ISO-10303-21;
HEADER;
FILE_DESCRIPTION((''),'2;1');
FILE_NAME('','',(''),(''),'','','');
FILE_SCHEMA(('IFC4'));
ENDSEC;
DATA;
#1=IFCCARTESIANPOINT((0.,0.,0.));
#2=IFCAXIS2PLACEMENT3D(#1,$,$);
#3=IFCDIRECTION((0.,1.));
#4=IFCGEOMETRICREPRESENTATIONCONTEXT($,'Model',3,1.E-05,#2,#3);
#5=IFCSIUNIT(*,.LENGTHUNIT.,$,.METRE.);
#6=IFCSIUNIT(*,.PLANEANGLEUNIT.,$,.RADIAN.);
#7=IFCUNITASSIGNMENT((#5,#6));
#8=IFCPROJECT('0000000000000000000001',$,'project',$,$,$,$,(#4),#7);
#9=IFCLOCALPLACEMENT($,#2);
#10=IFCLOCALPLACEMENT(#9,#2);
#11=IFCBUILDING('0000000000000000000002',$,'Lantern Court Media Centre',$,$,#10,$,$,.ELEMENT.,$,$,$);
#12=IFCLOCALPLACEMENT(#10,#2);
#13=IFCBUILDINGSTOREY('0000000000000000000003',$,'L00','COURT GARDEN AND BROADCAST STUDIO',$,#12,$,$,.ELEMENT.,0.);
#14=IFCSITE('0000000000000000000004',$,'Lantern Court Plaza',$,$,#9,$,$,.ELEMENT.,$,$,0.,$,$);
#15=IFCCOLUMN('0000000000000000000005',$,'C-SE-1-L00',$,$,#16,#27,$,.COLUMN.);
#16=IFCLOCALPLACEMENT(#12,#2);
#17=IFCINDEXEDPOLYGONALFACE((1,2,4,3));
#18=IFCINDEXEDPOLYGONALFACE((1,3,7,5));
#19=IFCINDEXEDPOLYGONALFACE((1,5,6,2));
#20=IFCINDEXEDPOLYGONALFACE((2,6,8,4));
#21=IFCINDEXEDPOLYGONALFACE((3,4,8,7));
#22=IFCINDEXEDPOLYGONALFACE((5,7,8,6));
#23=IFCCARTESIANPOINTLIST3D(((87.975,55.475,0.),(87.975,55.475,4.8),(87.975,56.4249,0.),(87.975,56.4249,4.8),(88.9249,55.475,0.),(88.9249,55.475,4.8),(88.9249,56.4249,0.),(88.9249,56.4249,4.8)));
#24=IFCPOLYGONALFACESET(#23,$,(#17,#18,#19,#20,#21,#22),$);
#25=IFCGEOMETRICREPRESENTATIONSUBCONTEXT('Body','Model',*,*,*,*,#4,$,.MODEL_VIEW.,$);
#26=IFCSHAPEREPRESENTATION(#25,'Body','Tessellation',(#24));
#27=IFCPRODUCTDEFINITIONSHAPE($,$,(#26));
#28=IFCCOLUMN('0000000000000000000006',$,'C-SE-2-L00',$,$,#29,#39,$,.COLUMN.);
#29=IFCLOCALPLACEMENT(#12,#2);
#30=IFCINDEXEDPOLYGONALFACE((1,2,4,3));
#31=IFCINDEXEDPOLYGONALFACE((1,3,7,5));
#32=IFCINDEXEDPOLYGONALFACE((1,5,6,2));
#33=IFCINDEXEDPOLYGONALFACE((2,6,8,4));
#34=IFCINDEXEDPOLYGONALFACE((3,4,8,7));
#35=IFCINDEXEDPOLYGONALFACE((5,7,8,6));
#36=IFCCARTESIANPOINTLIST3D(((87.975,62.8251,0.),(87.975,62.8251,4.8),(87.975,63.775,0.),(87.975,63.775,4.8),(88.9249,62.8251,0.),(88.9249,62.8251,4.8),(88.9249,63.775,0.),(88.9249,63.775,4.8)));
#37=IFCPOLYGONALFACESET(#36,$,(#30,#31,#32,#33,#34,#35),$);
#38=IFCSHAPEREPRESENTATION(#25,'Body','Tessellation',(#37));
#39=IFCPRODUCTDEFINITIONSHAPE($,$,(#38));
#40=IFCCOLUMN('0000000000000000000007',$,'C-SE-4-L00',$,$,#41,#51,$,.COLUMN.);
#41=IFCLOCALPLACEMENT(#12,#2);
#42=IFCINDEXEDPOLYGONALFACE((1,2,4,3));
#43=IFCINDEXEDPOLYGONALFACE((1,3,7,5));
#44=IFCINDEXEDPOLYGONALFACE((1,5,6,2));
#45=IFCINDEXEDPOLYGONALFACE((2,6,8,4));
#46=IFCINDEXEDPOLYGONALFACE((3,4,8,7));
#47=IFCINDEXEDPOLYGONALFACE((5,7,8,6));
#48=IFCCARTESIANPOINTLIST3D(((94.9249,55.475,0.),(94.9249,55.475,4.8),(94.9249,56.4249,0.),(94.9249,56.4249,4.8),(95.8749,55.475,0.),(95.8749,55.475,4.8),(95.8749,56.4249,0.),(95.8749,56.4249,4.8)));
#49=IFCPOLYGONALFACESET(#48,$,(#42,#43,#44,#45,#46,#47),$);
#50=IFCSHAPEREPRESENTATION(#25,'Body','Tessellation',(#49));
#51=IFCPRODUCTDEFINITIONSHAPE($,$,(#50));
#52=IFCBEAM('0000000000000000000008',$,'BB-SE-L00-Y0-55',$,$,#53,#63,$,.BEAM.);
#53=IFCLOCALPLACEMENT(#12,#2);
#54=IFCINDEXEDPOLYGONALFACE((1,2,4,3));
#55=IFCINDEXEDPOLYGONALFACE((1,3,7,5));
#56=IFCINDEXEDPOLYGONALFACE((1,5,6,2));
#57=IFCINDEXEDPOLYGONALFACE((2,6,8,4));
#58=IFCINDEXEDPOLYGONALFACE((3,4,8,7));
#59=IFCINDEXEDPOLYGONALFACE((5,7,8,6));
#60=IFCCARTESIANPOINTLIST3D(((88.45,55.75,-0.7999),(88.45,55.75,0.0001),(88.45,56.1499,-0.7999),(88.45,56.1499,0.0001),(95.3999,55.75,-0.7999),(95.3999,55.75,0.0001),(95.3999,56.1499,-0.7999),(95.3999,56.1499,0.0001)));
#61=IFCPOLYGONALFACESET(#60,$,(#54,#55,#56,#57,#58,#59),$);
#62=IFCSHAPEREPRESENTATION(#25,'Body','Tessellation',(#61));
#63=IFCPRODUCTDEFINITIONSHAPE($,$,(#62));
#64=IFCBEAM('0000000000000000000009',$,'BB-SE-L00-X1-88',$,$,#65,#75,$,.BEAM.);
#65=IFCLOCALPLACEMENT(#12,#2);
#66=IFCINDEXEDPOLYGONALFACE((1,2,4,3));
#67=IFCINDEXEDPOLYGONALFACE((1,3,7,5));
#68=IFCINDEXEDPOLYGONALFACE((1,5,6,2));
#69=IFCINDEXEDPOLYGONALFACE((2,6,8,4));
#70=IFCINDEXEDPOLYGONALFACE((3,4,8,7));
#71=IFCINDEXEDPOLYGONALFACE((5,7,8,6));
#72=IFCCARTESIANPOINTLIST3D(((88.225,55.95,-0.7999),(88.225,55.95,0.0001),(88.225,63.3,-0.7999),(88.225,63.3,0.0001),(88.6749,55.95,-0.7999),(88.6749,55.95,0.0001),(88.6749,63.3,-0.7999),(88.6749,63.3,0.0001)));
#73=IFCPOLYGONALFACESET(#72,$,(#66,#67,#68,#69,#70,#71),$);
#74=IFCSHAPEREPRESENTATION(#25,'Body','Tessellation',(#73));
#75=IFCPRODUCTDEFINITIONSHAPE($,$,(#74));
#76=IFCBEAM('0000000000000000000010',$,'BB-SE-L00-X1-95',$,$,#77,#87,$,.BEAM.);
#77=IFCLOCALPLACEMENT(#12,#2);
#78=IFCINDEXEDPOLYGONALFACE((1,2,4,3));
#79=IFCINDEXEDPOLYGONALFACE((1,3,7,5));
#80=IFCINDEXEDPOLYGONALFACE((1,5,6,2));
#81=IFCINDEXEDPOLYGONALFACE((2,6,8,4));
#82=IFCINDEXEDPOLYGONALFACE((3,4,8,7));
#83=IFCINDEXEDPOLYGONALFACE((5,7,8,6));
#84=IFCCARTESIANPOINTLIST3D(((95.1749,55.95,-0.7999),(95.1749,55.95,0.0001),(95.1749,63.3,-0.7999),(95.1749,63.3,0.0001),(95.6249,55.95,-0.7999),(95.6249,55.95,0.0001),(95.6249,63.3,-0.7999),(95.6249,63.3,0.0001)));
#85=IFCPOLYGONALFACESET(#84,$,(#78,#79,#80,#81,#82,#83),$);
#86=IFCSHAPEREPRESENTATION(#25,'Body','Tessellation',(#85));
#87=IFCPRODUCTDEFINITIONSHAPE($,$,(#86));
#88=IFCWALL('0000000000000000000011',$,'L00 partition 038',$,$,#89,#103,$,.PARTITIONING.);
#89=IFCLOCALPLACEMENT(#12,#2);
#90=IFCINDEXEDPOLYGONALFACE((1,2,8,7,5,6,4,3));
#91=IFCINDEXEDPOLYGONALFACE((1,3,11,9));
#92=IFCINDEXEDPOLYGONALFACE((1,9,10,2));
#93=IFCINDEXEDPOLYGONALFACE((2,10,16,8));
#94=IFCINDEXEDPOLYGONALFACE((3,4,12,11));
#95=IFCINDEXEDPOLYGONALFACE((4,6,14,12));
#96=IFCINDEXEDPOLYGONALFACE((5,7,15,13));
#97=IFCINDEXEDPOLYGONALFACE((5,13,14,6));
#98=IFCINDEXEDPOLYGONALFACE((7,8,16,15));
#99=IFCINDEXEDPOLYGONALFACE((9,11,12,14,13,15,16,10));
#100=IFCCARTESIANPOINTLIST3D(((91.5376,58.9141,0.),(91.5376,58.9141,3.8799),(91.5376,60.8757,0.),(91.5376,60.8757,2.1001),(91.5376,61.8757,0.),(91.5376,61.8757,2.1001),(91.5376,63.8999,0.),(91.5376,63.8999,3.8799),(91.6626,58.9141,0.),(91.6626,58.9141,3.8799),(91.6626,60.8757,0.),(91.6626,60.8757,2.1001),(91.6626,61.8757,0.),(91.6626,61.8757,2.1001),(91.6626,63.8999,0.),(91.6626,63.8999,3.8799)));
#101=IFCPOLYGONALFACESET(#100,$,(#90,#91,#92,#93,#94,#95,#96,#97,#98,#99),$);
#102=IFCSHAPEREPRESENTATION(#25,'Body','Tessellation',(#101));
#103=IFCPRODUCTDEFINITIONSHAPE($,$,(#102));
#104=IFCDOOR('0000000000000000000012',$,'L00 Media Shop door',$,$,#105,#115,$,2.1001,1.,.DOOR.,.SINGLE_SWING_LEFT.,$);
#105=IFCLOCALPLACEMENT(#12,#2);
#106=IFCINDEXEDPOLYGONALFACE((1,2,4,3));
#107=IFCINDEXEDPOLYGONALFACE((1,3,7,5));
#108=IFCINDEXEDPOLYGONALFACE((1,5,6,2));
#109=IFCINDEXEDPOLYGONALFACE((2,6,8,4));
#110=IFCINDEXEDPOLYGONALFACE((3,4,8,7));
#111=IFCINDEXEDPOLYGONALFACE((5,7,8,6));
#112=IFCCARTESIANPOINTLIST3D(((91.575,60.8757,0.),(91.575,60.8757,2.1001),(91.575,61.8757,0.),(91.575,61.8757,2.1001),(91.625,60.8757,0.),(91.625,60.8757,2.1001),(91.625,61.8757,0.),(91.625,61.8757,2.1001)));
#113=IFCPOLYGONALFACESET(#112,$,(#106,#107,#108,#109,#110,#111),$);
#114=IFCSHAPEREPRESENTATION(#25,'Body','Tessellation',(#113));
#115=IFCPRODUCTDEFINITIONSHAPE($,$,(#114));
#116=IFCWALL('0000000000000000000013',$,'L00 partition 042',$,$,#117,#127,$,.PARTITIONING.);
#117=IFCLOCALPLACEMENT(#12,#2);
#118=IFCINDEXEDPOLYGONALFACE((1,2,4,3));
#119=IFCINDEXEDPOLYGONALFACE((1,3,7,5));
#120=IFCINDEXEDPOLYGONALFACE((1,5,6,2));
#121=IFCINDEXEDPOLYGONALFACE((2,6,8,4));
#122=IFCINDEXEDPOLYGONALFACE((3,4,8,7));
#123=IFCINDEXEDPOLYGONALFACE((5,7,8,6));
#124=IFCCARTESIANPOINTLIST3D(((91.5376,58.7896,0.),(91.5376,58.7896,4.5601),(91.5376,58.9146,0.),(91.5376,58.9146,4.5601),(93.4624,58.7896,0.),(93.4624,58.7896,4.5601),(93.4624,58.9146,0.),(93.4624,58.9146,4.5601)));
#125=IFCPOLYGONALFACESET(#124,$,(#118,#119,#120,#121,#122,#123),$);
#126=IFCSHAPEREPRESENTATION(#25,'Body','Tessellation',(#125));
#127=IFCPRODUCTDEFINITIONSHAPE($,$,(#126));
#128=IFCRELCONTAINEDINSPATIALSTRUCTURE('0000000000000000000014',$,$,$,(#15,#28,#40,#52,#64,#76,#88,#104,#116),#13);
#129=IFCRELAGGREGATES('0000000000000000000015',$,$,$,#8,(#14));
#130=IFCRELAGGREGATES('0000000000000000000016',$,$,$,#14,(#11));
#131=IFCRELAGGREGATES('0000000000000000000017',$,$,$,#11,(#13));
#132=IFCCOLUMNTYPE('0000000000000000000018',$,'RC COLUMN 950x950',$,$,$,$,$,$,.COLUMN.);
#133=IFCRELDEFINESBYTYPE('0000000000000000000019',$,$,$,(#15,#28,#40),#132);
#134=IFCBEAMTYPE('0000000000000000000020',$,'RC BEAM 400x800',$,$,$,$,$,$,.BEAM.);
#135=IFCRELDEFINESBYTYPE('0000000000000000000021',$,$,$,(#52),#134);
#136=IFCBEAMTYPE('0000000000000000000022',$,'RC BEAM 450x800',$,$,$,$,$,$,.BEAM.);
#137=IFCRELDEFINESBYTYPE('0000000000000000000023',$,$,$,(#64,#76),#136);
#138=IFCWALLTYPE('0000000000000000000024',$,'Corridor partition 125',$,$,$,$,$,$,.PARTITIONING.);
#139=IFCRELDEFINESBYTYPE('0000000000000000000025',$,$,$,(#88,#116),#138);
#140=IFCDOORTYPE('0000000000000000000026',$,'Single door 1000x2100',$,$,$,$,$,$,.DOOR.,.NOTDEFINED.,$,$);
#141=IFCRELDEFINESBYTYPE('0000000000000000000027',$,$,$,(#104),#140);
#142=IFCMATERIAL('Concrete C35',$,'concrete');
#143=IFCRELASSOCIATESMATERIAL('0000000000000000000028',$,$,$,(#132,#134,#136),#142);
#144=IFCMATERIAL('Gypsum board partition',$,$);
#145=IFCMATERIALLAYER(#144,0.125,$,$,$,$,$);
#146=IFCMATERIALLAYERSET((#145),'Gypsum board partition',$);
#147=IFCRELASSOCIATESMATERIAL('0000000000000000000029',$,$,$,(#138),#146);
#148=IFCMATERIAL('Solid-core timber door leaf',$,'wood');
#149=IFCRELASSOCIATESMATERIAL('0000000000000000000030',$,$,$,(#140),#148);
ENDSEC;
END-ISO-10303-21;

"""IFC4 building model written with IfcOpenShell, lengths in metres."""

from ifc_helpers import new_model, si_unit, direction, frame, frame_2d, origin, origin_2d, place, context, subcontext, project, spatial, rectangle, extrude, material, layer, layer_set, material_profile, profile_set, type_object, element, fill, save


model = new_model("IFC4")

# Units and contexts
model_context = context("Model", 3, precision=1e-05, world=origin(), true_north=direction((0.0, 1.0)))
body_context = subcontext(model_context, "Body", "Model", "MODEL_VIEW")
ifc_project = project(units=[si_unit("LENGTHUNIT", "METRE"), si_unit("PLANEANGLEUNIT", "RADIAN")], contexts=[model_context])

# Site, building, storey
site_placement = place(None, origin())
site = spatial("IfcSite", under=ifc_project, at=site_placement, Name="Lantern Court Plaza", CompositionType="ELEMENT", RefElevation=0.0)
building_placement = place(site_placement, origin())
building = spatial("IfcBuilding", under=site, at=building_placement, Name="Lantern Court Media Centre", CompositionType="ELEMENT")
storey_placement = place(building_placement, origin())
storey = spatial("IfcBuildingStorey", under=building, at=storey_placement, Name="L00", Description="COURT GARDEN AND BROADCAST STUDIO", CompositionType="ELEMENT", Elevation=0.0)

# Columns
ifc_material_1 = material(Name="Concrete C35", Category="concrete")
ifc_material_profile_1 = material_profile(ifc_material_1, rectangle(XDim=0.95, YDim=0.95, at=origin_2d()), Name="RC 950x950")
ifc_profile_set_1 = profile_set([ifc_material_profile_1], Name="Concrete C35")
column_type = type_object("IfcColumnType", Name="RC COLUMN 950x950", PredefinedType="COLUMN", material=ifc_profile_set_1)
for number, where, z_axis, x_axis, name in (
    (1, (88.45, 55.95, 0.0), (0.0, 0.0, 1.0), (1.0, 0.0, 0.0), "C-SE-1-L00"),
    (2, (88.45, 63.3, 0.0), (0.0, 0.0, 1.0), (1.0, 0.0, 0.0), "C-SE-2-L00"),
    (3, (95.3999, 55.95, 0.0), (0.0, 0.0, 1.0), (1.0, 0.0, 0.0), "C-SE-4-L00"),
):
    element("IfcColumn", number, at=place(storey_placement, frame(where, z_axis=z_axis, x_axis=x_axis)), inside=storey, type_object=column_type, Name=name, PredefinedType="COLUMN", context=body_context, shape_type="SweptSolid", body=[
        extrude(rectangle(XDim=0.95, YDim=0.95, at=origin_2d()), origin(), (0.0, 0.0, 1.0), 4.8),
    ])

# Beams
ifc_material_profile_2 = material_profile(ifc_material_1, rectangle(XDim=0.3999, YDim=0.8, at=origin_2d()), Name="RC 400x800")
ifc_profile_set_2 = profile_set([ifc_material_profile_2], Name="Concrete C35")
beam_type_1 = type_object("IfcBeamType", Name="RC BEAM 400x800", PredefinedType="BEAM", material=ifc_profile_set_2)
beam_placement = place(storey_placement, frame((88.45, 55.95, -0.3999), z_axis=(1.0, 0.0, 0.0), x_axis=(0.0, 1.0, 0.0)))
element("IfcBeam", 4, at=beam_placement, inside=storey, type_object=beam_type_1, Name="BB-SE-L00-Y0-55", PredefinedType="BEAM", context=body_context, shape_type="SweptSolid", body=[
    extrude(rectangle(XDim=0.3999, YDim=0.8, at=origin_2d()), origin(), (0.0, 0.0, 1.0), 6.95),
])
ifc_material_profile_3 = material_profile(ifc_material_1, rectangle(XDim=0.45, YDim=0.8, at=origin_2d()), Name="RC 450x800")
ifc_profile_set_3 = profile_set([ifc_material_profile_3], Name="Concrete C35")
beam_type_2 = type_object("IfcBeamType", Name="RC BEAM 450x800", PredefinedType="BEAM", material=ifc_profile_set_3)
for number, where, z_axis, x_axis, name in (
    (5, (88.45, 55.95, -0.3999), (0.0, 1.0, 0.0), (-1.0, 0.0, 0.0), "BB-SE-L00-X1-88"),
    (6, (95.3999, 55.95, -0.3999), (0.0, 1.0, 0.0), (-1.0, 0.0, 0.0), "BB-SE-L00-X1-95"),
):
    element("IfcBeam", number, at=place(storey_placement, frame(where, z_axis=z_axis, x_axis=x_axis)), inside=storey, type_object=beam_type_2, Name=name, PredefinedType="BEAM", context=body_context, shape_type="SweptSolid", body=[
        extrude(rectangle(XDim=0.45, YDim=0.8, at=origin_2d()), origin(), (0.0, 0.0, 1.0), 7.3501),
    ])

# Wall, opening, door
ifc_material_2 = material(Name="Gypsum board partition")
ifc_layer_1 = layer(ifc_material_2, 0.125)
ifc_layer_set_1 = layer_set([ifc_layer_1], Name="Gypsum board partition")
wall_type_1 = type_object("IfcWallType", Name="Corridor partition 125", PredefinedType="PARTITIONING", material=ifc_layer_set_1)
wall_1_placement = place(storey_placement, frame((91.6001, 58.9141, 0.0), z_axis=(0.0, 0.0, 1.0), x_axis=(0.0, 1.0, 0.0)))
wall_1 = element("IfcWall", 7, at=wall_1_placement, inside=storey, type_object=wall_type_1, Name="L00 partition 038", PredefinedType="PARTITIONING", context=body_context, shape_type="SweptSolid", body=[
    extrude(rectangle(XDim=4.9858, YDim=0.125, at=frame_2d((2.4929, 0.0))), origin(), (0.0, 0.0, 1.0), 3.8799),
])
opening_1_placement = place(wall_1_placement, frame((1.9617, 0.0, 0.0)))
opening_1 = element("IfcOpeningElement", 8, at=opening_1_placement, cuts=wall_1, PredefinedType="OPENING", context=body_context, shape_type="SweptSolid", body=[
    extrude(rectangle(XDim=1.0, YDim=2.1001, at=frame_2d((0.5, 1.05))), frame((0.0, 0.0725, 0.0), z_axis=(0.0, -1.0, 0.0), x_axis=(1.0, 0.0, 0.0)), (0.0, 0.0, 1.0), 0.145),
])
ifc_material_3 = material(Name="Solid-core timber door leaf", Category="wood")
door_type_1 = type_object("IfcDoorType", Name="Single door 1000x2100", OperationType="NOTDEFINED", PredefinedType="DOOR", material=ifc_material_3)
door_1_placement = place(opening_1_placement, frame((1.0, 0.0, 0.0), z_axis=(0.0, 0.0, 1.0), x_axis=(-1.0, 0.0, 0.0)))
door_1 = element("IfcDoor", 9, at=door_1_placement, inside=storey, type_object=door_type_1, Name="L00 Media Shop door", OperationType="SINGLE_SWING_LEFT", OverallHeight=2.1001, OverallWidth=1.0, PredefinedType="DOOR", context=body_context, shape_type="SweptSolid", body=[
    extrude(rectangle(XDim=1.0, YDim=2.1001, at=frame_2d((0.5, 1.05))), frame((0.0, 0.0249, 0.0), z_axis=(0.0, -1.0, 0.0), x_axis=(1.0, 0.0, 0.0)), (0.0, 0.0, 1.0), 0.05),
])
fill(opening_1, door_1)

# Wall
wall_2_placement = place(storey_placement, frame((91.5376, 58.8521, 0.0), z_axis=(0.0, 0.0, 1.0), x_axis=(1.0, 0.0, 0.0)))
element("IfcWall", 10, at=wall_2_placement, inside=storey, type_object=wall_type_1, Name="L00 partition 042", PredefinedType="PARTITIONING", context=body_context, shape_type="SweptSolid", body=[
    extrude(rectangle(XDim=1.9248, YDim=0.125, at=frame_2d((0.9624, 0.0))), origin(), (0.0, 0.0, 1.0), 4.5601),
])

save(model, "model.ifc")
